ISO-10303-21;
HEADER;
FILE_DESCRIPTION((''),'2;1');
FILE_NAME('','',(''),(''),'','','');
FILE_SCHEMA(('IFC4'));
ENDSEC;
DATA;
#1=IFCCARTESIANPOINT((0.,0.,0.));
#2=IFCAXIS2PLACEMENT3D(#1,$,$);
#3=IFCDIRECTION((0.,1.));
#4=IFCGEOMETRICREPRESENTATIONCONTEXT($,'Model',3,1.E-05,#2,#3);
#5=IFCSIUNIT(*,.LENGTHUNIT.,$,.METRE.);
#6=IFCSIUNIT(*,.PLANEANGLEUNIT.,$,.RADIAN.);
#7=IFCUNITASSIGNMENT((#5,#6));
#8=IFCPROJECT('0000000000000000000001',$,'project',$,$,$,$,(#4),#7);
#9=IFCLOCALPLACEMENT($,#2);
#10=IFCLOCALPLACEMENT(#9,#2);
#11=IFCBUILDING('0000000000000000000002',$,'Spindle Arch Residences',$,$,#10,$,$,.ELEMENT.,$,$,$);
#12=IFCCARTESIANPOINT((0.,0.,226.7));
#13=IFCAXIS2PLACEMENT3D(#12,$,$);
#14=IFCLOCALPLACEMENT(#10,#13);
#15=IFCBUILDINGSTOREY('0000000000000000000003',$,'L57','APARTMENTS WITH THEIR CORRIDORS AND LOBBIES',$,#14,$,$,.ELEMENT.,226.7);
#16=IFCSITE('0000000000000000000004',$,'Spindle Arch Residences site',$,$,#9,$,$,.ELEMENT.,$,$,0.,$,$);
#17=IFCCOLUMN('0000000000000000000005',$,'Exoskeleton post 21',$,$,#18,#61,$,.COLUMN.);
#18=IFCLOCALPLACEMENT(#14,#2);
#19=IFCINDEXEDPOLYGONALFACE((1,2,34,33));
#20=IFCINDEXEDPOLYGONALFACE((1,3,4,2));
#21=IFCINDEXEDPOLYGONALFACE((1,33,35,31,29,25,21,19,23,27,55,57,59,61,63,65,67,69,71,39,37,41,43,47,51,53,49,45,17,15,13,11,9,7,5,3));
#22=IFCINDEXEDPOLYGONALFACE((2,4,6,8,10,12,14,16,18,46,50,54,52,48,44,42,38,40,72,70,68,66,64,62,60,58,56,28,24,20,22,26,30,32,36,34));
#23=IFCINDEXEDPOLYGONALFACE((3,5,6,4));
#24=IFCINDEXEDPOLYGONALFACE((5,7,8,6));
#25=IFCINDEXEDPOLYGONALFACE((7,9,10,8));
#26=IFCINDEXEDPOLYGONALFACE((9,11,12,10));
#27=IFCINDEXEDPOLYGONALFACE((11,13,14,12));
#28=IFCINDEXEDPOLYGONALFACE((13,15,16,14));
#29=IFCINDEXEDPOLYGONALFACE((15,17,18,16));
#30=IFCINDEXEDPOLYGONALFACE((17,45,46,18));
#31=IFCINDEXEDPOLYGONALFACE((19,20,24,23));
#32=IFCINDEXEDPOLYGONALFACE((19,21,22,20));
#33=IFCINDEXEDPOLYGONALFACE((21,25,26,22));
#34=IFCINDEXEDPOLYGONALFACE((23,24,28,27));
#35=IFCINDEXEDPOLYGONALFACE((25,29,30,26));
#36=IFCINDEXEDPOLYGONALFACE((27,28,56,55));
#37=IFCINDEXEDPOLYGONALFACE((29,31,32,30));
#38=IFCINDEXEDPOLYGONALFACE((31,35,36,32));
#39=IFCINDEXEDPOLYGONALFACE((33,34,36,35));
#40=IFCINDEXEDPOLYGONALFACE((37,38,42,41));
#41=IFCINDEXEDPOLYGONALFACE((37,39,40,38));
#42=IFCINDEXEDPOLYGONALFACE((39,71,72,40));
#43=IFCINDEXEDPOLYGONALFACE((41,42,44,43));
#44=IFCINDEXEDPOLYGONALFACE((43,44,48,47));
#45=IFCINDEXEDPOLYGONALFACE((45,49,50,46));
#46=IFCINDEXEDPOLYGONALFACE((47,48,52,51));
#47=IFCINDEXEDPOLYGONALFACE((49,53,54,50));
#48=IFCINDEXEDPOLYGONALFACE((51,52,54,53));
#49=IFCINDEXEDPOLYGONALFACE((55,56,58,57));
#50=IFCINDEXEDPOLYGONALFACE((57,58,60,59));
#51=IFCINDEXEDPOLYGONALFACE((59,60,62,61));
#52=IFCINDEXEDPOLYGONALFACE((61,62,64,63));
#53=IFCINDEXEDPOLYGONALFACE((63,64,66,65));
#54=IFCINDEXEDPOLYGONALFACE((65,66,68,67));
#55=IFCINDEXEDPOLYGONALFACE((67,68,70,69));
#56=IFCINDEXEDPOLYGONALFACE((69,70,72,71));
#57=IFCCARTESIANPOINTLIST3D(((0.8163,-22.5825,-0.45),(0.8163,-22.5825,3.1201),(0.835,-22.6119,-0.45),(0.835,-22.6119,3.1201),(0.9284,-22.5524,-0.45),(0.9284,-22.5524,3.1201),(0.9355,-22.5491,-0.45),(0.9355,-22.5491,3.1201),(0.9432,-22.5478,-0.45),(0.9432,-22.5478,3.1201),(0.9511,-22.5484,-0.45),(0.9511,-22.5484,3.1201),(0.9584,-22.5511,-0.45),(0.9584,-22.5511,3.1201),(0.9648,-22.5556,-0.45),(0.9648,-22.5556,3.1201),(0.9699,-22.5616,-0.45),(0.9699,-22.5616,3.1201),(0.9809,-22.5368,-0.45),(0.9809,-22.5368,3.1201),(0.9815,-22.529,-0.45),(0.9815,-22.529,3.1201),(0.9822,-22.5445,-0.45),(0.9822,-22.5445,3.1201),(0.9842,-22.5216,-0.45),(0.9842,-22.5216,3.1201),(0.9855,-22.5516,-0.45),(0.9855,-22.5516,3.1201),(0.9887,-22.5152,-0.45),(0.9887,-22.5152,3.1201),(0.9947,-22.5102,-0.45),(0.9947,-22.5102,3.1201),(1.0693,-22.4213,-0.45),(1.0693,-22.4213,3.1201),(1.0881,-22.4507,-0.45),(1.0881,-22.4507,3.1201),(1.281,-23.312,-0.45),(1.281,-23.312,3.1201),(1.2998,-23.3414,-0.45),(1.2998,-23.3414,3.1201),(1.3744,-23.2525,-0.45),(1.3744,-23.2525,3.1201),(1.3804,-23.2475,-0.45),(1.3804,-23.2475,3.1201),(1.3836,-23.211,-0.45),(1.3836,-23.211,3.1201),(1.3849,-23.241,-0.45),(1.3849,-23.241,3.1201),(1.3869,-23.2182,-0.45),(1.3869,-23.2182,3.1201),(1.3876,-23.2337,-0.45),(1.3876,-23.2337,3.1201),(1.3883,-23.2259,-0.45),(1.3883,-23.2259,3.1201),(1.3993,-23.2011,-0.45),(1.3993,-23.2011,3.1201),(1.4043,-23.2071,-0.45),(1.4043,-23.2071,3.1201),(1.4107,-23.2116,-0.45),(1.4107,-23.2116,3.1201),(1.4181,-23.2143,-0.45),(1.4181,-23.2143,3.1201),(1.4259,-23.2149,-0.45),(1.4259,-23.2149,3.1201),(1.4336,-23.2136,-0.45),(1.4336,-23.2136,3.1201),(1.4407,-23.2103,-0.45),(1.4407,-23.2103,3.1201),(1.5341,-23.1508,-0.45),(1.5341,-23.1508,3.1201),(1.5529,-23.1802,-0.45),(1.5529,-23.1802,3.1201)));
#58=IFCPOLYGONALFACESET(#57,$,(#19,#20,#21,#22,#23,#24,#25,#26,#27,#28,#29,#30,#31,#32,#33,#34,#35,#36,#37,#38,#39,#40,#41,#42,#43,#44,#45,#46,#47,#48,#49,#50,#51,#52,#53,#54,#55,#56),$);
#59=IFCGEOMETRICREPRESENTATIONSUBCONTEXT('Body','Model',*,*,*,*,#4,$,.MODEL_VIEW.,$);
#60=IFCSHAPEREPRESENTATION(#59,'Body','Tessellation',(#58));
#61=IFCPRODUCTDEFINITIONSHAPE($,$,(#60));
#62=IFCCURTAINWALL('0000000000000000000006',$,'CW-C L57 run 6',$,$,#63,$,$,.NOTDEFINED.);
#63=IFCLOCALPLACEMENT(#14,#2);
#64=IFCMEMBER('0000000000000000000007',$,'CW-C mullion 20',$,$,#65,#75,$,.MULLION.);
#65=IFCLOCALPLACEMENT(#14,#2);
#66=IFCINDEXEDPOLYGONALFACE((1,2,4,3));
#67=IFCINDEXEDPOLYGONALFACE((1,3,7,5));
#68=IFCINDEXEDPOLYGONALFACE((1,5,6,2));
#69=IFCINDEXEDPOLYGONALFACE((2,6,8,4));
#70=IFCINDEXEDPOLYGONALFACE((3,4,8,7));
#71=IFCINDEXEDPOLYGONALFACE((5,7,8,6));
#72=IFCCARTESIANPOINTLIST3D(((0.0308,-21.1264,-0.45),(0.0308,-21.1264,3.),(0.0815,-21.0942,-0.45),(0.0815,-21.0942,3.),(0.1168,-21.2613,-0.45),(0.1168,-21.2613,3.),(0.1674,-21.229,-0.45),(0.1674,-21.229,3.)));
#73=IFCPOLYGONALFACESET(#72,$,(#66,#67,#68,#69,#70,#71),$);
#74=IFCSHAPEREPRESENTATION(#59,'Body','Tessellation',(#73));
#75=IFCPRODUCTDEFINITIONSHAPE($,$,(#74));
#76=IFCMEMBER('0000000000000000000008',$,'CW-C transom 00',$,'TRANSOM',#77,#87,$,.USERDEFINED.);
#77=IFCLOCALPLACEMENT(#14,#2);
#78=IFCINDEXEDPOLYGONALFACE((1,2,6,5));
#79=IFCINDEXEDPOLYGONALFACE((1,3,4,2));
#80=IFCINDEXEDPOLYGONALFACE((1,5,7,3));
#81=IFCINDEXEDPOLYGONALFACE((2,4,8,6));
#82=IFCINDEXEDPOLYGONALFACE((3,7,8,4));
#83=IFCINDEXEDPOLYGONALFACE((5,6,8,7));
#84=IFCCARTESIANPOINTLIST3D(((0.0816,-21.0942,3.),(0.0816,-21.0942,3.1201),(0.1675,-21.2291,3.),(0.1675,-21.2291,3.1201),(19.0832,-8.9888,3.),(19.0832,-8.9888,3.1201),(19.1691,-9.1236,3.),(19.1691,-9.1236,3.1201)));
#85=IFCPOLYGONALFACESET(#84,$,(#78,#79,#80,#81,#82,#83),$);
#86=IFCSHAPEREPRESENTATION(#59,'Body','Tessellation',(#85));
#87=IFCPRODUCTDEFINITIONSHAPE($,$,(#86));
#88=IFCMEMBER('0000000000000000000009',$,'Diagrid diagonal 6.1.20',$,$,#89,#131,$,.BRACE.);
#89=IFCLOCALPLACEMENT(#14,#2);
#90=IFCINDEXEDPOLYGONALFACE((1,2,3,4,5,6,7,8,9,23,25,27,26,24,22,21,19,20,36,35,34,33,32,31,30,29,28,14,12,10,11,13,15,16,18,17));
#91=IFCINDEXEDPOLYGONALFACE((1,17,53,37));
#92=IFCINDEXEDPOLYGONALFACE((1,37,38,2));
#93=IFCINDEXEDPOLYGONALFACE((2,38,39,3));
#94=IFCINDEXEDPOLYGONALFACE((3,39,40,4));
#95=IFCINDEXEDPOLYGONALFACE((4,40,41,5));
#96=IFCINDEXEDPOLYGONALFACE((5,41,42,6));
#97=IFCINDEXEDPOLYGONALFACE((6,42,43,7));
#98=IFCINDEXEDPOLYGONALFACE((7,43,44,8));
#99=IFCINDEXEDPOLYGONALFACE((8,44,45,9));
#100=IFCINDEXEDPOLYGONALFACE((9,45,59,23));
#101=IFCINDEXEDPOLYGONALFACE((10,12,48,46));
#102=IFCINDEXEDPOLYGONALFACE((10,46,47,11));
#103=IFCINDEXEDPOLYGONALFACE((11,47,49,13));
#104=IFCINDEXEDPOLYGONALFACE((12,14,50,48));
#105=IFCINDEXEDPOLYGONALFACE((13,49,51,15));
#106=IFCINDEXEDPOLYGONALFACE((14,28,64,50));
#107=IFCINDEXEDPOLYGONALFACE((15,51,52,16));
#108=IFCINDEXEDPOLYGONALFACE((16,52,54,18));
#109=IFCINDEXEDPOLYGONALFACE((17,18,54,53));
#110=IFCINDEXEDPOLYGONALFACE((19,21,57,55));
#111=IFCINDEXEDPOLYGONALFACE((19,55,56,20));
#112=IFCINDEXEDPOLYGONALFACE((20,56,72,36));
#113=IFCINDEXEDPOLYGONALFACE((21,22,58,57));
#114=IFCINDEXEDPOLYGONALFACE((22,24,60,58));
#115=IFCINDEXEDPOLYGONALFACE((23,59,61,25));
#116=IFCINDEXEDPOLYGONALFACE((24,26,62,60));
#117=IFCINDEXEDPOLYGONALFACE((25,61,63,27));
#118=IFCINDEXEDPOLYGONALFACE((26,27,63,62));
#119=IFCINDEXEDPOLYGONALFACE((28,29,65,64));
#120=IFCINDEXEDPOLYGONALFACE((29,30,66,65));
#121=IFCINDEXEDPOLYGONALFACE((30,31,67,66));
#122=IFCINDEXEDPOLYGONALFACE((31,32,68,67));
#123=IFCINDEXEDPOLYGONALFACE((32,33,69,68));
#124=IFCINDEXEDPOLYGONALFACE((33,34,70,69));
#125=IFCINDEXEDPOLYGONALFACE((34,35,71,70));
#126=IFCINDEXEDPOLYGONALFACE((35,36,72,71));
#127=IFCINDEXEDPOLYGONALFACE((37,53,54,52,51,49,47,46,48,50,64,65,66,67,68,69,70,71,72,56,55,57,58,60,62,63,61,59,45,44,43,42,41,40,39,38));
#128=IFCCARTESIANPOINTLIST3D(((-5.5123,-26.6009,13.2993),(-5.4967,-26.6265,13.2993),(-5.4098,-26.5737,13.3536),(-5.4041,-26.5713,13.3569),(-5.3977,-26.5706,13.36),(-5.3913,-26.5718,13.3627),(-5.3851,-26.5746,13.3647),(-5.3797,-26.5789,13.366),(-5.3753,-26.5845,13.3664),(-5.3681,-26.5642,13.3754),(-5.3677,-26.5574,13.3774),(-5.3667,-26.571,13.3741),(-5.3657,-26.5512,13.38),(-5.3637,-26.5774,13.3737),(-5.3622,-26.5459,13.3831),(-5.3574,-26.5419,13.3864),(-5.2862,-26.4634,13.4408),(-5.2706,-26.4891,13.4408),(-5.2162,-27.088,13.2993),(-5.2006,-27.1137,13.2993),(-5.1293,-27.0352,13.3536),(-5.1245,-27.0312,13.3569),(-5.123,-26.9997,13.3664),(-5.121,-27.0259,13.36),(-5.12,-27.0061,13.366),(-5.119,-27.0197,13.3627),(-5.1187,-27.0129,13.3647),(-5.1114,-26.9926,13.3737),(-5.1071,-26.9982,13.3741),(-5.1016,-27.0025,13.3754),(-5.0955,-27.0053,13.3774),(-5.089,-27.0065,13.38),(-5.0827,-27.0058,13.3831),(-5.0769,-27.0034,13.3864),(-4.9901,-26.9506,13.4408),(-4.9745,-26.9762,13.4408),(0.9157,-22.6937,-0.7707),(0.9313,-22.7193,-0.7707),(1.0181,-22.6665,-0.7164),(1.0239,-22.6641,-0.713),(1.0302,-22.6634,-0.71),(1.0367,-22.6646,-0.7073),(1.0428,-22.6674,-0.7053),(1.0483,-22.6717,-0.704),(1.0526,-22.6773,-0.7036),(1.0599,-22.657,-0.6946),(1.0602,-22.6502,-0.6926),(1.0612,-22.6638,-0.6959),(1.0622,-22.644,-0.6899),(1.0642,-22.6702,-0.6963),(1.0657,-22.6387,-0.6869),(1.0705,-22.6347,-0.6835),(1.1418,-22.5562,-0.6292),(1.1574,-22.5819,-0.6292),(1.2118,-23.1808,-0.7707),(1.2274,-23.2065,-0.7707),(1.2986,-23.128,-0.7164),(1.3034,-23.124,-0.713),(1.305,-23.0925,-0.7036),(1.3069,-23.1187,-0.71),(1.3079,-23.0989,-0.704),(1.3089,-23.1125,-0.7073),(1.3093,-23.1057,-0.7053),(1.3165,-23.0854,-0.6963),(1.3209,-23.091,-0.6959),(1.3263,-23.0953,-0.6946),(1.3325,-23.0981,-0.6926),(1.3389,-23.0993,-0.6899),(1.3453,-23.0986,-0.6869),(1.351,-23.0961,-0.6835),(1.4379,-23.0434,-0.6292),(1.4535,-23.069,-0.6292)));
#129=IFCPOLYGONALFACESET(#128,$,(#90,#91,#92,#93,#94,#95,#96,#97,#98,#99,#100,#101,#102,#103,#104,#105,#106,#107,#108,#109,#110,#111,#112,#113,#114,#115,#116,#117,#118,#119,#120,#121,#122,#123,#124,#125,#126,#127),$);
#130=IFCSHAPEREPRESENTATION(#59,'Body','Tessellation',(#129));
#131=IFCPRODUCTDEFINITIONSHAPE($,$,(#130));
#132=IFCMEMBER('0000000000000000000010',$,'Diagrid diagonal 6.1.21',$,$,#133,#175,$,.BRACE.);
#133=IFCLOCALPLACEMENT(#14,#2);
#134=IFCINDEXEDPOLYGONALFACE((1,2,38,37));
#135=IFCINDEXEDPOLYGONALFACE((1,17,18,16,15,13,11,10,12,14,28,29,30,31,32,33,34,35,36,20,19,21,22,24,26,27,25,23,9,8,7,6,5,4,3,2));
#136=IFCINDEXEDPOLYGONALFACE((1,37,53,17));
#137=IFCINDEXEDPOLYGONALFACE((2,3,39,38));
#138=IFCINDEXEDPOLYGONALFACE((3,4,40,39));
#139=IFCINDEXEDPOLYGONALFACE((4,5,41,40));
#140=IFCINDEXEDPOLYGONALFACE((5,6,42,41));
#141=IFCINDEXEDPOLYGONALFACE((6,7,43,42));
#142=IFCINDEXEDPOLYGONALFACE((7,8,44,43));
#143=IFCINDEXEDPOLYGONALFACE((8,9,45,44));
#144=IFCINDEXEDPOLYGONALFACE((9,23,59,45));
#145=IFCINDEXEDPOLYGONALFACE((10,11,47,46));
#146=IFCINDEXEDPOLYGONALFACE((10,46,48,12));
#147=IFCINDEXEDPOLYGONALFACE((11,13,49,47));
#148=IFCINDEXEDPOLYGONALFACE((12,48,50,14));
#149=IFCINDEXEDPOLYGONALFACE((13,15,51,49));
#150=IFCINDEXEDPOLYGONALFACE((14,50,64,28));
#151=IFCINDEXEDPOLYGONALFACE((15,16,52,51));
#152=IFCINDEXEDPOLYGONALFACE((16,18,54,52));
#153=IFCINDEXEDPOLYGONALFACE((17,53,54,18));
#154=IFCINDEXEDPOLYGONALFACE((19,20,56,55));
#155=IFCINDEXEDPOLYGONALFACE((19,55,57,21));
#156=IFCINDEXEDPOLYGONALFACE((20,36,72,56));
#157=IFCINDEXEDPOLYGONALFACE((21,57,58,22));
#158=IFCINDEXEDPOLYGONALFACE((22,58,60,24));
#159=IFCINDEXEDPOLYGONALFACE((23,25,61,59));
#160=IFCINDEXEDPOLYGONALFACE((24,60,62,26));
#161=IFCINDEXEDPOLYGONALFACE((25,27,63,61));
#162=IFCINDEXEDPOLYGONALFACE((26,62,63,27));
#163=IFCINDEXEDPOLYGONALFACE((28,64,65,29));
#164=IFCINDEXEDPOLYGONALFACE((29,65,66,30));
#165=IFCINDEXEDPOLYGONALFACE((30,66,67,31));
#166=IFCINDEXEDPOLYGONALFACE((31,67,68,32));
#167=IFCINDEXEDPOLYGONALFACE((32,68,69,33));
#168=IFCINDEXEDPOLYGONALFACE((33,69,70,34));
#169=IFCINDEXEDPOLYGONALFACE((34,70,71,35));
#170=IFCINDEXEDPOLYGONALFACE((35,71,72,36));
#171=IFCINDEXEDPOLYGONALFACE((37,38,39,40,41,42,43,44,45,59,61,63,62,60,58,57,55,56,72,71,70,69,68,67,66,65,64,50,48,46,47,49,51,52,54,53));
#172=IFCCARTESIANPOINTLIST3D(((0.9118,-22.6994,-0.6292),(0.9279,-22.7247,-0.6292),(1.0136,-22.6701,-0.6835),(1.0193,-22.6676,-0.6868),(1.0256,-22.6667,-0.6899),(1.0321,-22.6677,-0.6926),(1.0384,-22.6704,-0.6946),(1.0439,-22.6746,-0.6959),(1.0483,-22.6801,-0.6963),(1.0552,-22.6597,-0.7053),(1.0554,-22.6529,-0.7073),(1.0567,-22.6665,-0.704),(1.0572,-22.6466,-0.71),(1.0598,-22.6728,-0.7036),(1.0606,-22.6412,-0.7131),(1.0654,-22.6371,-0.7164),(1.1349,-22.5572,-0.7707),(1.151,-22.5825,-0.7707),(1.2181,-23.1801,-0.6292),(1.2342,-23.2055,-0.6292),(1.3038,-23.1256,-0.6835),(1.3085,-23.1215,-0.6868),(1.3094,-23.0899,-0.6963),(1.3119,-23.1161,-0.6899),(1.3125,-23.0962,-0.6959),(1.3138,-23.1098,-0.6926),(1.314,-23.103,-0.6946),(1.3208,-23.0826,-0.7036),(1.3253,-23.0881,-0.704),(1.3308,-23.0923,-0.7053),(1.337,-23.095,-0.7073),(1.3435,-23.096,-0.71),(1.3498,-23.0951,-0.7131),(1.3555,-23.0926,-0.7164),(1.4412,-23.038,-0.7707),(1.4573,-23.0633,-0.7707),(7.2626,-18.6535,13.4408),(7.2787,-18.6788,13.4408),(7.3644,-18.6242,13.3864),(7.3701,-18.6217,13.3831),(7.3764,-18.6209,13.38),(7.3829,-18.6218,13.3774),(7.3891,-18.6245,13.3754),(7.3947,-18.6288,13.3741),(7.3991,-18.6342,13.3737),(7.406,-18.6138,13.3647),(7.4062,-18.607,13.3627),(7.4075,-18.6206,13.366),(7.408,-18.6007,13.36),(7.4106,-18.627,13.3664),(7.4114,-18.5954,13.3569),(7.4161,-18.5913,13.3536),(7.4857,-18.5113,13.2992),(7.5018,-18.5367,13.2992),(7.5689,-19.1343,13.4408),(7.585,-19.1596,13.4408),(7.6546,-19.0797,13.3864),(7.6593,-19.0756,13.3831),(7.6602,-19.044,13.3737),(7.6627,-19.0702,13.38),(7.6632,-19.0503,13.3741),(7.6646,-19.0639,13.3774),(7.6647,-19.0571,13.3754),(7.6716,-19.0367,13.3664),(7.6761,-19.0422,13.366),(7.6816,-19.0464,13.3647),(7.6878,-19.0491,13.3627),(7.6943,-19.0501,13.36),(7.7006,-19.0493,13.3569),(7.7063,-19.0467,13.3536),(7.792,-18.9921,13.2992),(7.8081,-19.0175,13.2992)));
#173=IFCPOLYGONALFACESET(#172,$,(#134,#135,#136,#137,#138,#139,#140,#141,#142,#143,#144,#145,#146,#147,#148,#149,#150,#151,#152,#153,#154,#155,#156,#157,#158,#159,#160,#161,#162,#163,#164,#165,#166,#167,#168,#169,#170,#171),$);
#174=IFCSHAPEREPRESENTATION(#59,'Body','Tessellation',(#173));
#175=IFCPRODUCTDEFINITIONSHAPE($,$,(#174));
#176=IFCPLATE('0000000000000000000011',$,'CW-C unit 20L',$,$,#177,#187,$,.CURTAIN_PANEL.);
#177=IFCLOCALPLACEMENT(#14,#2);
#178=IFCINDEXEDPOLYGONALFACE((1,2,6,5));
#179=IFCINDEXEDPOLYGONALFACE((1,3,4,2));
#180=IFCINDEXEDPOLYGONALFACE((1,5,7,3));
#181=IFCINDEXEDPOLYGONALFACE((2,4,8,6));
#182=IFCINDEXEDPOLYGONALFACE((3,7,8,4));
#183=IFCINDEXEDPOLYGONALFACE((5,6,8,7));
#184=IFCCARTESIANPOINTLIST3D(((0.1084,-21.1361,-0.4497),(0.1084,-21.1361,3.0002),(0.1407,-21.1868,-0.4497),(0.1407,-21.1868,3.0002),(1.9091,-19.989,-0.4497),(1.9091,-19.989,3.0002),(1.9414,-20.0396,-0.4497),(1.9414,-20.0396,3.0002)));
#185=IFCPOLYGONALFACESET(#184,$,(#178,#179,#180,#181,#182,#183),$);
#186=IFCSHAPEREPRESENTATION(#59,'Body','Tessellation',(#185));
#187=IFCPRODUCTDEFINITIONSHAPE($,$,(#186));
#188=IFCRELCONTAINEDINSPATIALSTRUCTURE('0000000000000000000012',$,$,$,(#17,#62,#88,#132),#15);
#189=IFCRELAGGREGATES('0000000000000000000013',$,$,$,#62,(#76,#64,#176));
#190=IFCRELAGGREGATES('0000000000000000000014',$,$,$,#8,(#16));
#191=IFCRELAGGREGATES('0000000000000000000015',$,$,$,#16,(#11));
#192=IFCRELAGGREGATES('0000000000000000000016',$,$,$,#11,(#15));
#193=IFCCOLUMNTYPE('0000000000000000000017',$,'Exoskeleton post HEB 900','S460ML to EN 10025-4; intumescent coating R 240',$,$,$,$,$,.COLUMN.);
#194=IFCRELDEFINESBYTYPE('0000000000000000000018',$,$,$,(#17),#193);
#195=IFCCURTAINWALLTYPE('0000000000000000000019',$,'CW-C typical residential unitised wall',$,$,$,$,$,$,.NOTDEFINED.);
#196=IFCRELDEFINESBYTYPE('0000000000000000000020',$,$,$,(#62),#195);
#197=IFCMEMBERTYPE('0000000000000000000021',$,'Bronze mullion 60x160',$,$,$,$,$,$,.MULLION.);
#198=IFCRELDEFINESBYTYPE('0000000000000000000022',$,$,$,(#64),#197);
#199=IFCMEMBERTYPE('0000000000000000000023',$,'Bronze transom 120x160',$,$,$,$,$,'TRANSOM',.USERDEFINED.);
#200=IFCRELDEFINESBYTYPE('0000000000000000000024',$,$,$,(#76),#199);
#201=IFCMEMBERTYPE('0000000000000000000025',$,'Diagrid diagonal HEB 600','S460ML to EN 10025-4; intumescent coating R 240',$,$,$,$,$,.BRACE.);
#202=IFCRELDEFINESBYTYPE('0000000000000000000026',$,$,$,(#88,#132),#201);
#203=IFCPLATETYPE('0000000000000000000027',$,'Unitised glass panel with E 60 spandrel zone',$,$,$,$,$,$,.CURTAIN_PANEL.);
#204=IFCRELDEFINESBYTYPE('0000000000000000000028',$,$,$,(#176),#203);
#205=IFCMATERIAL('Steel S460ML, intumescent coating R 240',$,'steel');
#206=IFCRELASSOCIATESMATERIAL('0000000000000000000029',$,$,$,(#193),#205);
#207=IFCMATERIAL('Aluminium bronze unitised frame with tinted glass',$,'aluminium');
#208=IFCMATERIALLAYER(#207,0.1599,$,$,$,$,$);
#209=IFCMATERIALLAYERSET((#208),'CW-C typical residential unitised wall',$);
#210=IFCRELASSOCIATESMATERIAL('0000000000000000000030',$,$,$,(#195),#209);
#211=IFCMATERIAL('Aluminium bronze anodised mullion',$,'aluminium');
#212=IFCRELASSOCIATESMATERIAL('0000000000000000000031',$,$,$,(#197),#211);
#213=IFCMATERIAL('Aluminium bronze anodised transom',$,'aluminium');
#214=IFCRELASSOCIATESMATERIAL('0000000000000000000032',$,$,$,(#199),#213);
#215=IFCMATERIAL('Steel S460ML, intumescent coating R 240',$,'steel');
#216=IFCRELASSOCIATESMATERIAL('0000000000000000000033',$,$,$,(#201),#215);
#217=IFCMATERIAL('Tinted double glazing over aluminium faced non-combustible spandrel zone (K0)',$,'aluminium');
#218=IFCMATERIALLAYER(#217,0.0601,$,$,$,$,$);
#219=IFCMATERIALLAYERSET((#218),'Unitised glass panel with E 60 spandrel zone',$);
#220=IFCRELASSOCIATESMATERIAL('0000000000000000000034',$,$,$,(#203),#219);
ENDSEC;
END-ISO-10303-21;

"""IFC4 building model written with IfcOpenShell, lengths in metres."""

from ifc_helpers import new_model, si_unit, direction, frame, origin, origin_2d, place, context, subcontext, project, spatial, rectangle, i_section, extrude, material, layer, layer_set, material_profile, profile_set, type_object, element, aggregate, save


model = new_model("IFC4")

# Units and contexts
model_context = context("Model", 3, precision=1e-05, world=origin(), true_north=direction((0.0, 1.0)))
body_context = subcontext(model_context, "Body", "Model", "MODEL_VIEW")
ifc_project = project(units=[si_unit("LENGTHUNIT", "METRE"), si_unit("PLANEANGLEUNIT", "RADIAN")], contexts=[model_context])

# Site, building, storey
site_placement = place(None, origin())
site = spatial("IfcSite", under=ifc_project, at=site_placement, Name="Spindle Arch Residences site", CompositionType="ELEMENT", RefElevation=0.0)
building_placement = place(site_placement, origin())
building = spatial("IfcBuilding", under=site, at=building_placement, Name="Spindle Arch Residences", CompositionType="ELEMENT")
storey_placement = place(building_placement, frame((0.0, 0.0, 226.7)))
storey = spatial("IfcBuildingStorey", under=building, at=storey_placement, Name="L57", Description="APARTMENTS WITH THEIR CORRIDORS AND LOBBIES", CompositionType="ELEMENT", Elevation=226.7)

# Column
ifc_material_1 = material(Name="Steel S460ML, intumescent coating R 240", Category="steel")
ifc_material_profile_1 = material_profile(ifc_material_1, i_section(OverallWidth=0.3, OverallDepth=0.8999, WebThickness=0.0186, FlangeThickness=0.0349, FilletRadius=0.03, at=origin_2d()), Name="HEB 900")
ifc_profile_set_1 = profile_set([ifc_material_profile_1], Name="Steel S460ML, intumescent coating R 240")
column_type = type_object("IfcColumnType", Name="Exoskeleton post HEB 900", Description="S460ML to EN 10025-4; intumescent coating R 240", PredefinedType="COLUMN", material=ifc_profile_set_1)
column_placement = place(storey_placement, frame((1.1846, -22.8813, -0.45), z_axis=(0.0, 0.0, 1.0), x_axis=(-0.843391, -0.5373, 0.0)))
element("IfcColumn", 1, at=column_placement, inside=storey, type_object=column_type, Name="Exoskeleton post 21", PredefinedType="COLUMN", context=body_context, shape_type="SweptSolid", body=[
    extrude(i_section(OverallWidth=0.3, OverallDepth=0.8999, WebThickness=0.0186, FlangeThickness=0.0349, FilletRadius=0.03, at=origin_2d()), origin(), (0.0, 0.0, 1.0), 3.5701),
])

# Curtain wall, members
ifc_material_2 = material(Name="Aluminium bronze unitised frame with tinted glass", Category="aluminium")
ifc_layer_1 = layer(ifc_material_2, 0.1599)
ifc_layer_set_1 = layer_set([ifc_layer_1], Name="CW-C typical residential unitised wall")
curtain_wall_type = type_object("IfcCurtainWallType", Name="CW-C typical residential unitised wall", PredefinedType="NOTDEFINED", material=ifc_layer_set_1)
curtain_wall_placement = place(storey_placement, origin())
curtain_wall = element("IfcCurtainWall", 2, at=curtain_wall_placement, inside=storey, type_object=curtain_wall_type, Name="CW-C L57 run 6", PredefinedType="NOTDEFINED")
ifc_material_3 = material(Name="Aluminium bronze anodised mullion", Category="aluminium")
ifc_material_profile_2 = material_profile(ifc_material_3, rectangle(XDim=0.1599, YDim=0.0601, at=origin_2d()), Name="MU 60x160")
ifc_profile_set_2 = profile_set([ifc_material_profile_2], Name="Aluminium bronze anodised mullion")
member_type_1 = type_object("IfcMemberType", Name="Bronze mullion 60x160", PredefinedType="MULLION", material=ifc_profile_set_2)
member_1_placement = place(storey_placement, frame((0.0991, -21.1777, -0.45), z_axis=(0.0, 0.0, 1.0), x_axis=(-0.5373, 0.843391, 0.0)))
member_1 = element("IfcMember", 3, at=member_1_placement, type_object=member_type_1, Name="CW-C mullion 20", PredefinedType="MULLION", context=body_context, shape_type="SweptSolid", body=[
    extrude(rectangle(XDim=0.1599, YDim=0.0601, at=origin_2d()), origin(), (0.0, 0.0, 1.0), 3.45),
])
ifc_material_4 = material(Name="Aluminium bronze anodised transom", Category="aluminium")
ifc_material_profile_3 = material_profile(ifc_material_4, rectangle(XDim=0.1599, YDim=0.1201, at=origin_2d()), Name="TR 120x160")
ifc_profile_set_3 = profile_set([ifc_material_profile_3], Name="Aluminium bronze anodised transom")
member_type_2 = type_object("IfcMemberType", Name="Bronze transom 120x160", ElementType="TRANSOM", PredefinedType="USERDEFINED", material=ifc_profile_set_3)
member_2_placement = place(storey_placement, frame((0.1245, -21.1616, 3.0601), z_axis=(0.843391, 0.537301, 0.0), x_axis=(-0.537301, 0.843391, 0.0)))
member_2 = element("IfcMember", 4, at=member_2_placement, type_object=member_type_2, Name="CW-C transom 00", ObjectType="TRANSOM", PredefinedType="USERDEFINED", context=body_context, shape_type="SweptSolid", body=[
    extrude(rectangle(XDim=0.1599, YDim=0.1201, at=origin_2d()), origin(), (0.0, 0.0, 1.0), 22.53),
])

# Members
ifc_material_5 = material(Name="Steel S460ML, intumescent coating R 240", Category="steel")
ifc_material_profile_4 = material_profile(ifc_material_5, i_section(OverallWidth=0.3, OverallDepth=0.6001, WebThickness=0.0154, FlangeThickness=0.03, FilletRadius=0.0271, at=origin_2d()), Name="HEB 600")
ifc_profile_set_4 = profile_set([ifc_material_profile_4], Name="Steel S460ML, intumescent coating R 240")
member_type_3 = type_object("IfcMemberType", Name="Diagrid diagonal HEB 600", Description="S460ML to EN 10025-4; intumescent coating R 240", PredefinedType="BRACE", material=ifc_profile_set_4)
member_3_placement = place(storey_placement, frame((1.1846, -22.8813, -0.7), z_axis=(-0.40289, -0.244895, 0.881877), x_axis=(0.753582, 0.458062, 0.47148)))
element("IfcMember", 5, at=member_3_placement, inside=storey, type_object=member_type_3, Name="Diagrid diagonal 6.1.20", PredefinedType="BRACE", context=body_context, shape_type="SweptSolid", body=[
    extrude(i_section(OverallWidth=0.3, OverallDepth=0.6001, WebThickness=0.0154, FlangeThickness=0.03, FilletRadius=0.0271, at=origin_2d()), origin(), (0.0, 0.0, 1.0), 15.9546),
])
member_4_placement = place(storey_placement, frame((1.1846, -22.8813, -0.7), z_axis=(0.397963, 0.253529, 0.881674), x_axis=(-0.743598, -0.473721, 0.471859)))
element("IfcMember", 6, at=member_4_placement, inside=storey, type_object=member_type_3, Name="Diagrid diagonal 6.1.21", PredefinedType="BRACE", context=body_context, shape_type="SweptSolid", body=[
    extrude(i_section(OverallWidth=0.3, OverallDepth=0.6001, WebThickness=0.0154, FlangeThickness=0.03, FilletRadius=0.0271, at=origin_2d()), origin(), (0.0, 0.0, 1.0), 15.9583),
])

# Plate
ifc_material_6 = material(Name="Tinted double glazing over aluminium faced non-combustible spandrel zone (K0)", Category="aluminium")
ifc_layer_2 = layer(ifc_material_6, 0.0601)
ifc_layer_set_2 = layer_set([ifc_layer_2], Name="Unitised glass panel with E 60 spandrel zone")
plate_type = type_object("IfcPlateType", Name="Unitised glass panel with E 60 spandrel zone", PredefinedType="CURTAIN_PANEL", material=ifc_layer_set_2)
plate_placement = place(storey_placement, frame((1.0249, -20.5879, -0.4497), z_axis=(0.0, 0.0, 1.0), x_axis=(0.843391, 0.5373, 0.0)))
plate = element("IfcPlate", 7, at=plate_placement, type_object=plate_type, Name="CW-C unit 20L", PredefinedType="CURTAIN_PANEL", context=body_context, shape_type="SweptSolid", body=[
    extrude(rectangle(XDim=2.135, YDim=0.0601, at=origin_2d()), origin(), (0.0, 0.0, 1.0), 3.45),
])
aggregate(curtain_wall, [member_2, member_1, plate])

save(model, "model.ifc")
